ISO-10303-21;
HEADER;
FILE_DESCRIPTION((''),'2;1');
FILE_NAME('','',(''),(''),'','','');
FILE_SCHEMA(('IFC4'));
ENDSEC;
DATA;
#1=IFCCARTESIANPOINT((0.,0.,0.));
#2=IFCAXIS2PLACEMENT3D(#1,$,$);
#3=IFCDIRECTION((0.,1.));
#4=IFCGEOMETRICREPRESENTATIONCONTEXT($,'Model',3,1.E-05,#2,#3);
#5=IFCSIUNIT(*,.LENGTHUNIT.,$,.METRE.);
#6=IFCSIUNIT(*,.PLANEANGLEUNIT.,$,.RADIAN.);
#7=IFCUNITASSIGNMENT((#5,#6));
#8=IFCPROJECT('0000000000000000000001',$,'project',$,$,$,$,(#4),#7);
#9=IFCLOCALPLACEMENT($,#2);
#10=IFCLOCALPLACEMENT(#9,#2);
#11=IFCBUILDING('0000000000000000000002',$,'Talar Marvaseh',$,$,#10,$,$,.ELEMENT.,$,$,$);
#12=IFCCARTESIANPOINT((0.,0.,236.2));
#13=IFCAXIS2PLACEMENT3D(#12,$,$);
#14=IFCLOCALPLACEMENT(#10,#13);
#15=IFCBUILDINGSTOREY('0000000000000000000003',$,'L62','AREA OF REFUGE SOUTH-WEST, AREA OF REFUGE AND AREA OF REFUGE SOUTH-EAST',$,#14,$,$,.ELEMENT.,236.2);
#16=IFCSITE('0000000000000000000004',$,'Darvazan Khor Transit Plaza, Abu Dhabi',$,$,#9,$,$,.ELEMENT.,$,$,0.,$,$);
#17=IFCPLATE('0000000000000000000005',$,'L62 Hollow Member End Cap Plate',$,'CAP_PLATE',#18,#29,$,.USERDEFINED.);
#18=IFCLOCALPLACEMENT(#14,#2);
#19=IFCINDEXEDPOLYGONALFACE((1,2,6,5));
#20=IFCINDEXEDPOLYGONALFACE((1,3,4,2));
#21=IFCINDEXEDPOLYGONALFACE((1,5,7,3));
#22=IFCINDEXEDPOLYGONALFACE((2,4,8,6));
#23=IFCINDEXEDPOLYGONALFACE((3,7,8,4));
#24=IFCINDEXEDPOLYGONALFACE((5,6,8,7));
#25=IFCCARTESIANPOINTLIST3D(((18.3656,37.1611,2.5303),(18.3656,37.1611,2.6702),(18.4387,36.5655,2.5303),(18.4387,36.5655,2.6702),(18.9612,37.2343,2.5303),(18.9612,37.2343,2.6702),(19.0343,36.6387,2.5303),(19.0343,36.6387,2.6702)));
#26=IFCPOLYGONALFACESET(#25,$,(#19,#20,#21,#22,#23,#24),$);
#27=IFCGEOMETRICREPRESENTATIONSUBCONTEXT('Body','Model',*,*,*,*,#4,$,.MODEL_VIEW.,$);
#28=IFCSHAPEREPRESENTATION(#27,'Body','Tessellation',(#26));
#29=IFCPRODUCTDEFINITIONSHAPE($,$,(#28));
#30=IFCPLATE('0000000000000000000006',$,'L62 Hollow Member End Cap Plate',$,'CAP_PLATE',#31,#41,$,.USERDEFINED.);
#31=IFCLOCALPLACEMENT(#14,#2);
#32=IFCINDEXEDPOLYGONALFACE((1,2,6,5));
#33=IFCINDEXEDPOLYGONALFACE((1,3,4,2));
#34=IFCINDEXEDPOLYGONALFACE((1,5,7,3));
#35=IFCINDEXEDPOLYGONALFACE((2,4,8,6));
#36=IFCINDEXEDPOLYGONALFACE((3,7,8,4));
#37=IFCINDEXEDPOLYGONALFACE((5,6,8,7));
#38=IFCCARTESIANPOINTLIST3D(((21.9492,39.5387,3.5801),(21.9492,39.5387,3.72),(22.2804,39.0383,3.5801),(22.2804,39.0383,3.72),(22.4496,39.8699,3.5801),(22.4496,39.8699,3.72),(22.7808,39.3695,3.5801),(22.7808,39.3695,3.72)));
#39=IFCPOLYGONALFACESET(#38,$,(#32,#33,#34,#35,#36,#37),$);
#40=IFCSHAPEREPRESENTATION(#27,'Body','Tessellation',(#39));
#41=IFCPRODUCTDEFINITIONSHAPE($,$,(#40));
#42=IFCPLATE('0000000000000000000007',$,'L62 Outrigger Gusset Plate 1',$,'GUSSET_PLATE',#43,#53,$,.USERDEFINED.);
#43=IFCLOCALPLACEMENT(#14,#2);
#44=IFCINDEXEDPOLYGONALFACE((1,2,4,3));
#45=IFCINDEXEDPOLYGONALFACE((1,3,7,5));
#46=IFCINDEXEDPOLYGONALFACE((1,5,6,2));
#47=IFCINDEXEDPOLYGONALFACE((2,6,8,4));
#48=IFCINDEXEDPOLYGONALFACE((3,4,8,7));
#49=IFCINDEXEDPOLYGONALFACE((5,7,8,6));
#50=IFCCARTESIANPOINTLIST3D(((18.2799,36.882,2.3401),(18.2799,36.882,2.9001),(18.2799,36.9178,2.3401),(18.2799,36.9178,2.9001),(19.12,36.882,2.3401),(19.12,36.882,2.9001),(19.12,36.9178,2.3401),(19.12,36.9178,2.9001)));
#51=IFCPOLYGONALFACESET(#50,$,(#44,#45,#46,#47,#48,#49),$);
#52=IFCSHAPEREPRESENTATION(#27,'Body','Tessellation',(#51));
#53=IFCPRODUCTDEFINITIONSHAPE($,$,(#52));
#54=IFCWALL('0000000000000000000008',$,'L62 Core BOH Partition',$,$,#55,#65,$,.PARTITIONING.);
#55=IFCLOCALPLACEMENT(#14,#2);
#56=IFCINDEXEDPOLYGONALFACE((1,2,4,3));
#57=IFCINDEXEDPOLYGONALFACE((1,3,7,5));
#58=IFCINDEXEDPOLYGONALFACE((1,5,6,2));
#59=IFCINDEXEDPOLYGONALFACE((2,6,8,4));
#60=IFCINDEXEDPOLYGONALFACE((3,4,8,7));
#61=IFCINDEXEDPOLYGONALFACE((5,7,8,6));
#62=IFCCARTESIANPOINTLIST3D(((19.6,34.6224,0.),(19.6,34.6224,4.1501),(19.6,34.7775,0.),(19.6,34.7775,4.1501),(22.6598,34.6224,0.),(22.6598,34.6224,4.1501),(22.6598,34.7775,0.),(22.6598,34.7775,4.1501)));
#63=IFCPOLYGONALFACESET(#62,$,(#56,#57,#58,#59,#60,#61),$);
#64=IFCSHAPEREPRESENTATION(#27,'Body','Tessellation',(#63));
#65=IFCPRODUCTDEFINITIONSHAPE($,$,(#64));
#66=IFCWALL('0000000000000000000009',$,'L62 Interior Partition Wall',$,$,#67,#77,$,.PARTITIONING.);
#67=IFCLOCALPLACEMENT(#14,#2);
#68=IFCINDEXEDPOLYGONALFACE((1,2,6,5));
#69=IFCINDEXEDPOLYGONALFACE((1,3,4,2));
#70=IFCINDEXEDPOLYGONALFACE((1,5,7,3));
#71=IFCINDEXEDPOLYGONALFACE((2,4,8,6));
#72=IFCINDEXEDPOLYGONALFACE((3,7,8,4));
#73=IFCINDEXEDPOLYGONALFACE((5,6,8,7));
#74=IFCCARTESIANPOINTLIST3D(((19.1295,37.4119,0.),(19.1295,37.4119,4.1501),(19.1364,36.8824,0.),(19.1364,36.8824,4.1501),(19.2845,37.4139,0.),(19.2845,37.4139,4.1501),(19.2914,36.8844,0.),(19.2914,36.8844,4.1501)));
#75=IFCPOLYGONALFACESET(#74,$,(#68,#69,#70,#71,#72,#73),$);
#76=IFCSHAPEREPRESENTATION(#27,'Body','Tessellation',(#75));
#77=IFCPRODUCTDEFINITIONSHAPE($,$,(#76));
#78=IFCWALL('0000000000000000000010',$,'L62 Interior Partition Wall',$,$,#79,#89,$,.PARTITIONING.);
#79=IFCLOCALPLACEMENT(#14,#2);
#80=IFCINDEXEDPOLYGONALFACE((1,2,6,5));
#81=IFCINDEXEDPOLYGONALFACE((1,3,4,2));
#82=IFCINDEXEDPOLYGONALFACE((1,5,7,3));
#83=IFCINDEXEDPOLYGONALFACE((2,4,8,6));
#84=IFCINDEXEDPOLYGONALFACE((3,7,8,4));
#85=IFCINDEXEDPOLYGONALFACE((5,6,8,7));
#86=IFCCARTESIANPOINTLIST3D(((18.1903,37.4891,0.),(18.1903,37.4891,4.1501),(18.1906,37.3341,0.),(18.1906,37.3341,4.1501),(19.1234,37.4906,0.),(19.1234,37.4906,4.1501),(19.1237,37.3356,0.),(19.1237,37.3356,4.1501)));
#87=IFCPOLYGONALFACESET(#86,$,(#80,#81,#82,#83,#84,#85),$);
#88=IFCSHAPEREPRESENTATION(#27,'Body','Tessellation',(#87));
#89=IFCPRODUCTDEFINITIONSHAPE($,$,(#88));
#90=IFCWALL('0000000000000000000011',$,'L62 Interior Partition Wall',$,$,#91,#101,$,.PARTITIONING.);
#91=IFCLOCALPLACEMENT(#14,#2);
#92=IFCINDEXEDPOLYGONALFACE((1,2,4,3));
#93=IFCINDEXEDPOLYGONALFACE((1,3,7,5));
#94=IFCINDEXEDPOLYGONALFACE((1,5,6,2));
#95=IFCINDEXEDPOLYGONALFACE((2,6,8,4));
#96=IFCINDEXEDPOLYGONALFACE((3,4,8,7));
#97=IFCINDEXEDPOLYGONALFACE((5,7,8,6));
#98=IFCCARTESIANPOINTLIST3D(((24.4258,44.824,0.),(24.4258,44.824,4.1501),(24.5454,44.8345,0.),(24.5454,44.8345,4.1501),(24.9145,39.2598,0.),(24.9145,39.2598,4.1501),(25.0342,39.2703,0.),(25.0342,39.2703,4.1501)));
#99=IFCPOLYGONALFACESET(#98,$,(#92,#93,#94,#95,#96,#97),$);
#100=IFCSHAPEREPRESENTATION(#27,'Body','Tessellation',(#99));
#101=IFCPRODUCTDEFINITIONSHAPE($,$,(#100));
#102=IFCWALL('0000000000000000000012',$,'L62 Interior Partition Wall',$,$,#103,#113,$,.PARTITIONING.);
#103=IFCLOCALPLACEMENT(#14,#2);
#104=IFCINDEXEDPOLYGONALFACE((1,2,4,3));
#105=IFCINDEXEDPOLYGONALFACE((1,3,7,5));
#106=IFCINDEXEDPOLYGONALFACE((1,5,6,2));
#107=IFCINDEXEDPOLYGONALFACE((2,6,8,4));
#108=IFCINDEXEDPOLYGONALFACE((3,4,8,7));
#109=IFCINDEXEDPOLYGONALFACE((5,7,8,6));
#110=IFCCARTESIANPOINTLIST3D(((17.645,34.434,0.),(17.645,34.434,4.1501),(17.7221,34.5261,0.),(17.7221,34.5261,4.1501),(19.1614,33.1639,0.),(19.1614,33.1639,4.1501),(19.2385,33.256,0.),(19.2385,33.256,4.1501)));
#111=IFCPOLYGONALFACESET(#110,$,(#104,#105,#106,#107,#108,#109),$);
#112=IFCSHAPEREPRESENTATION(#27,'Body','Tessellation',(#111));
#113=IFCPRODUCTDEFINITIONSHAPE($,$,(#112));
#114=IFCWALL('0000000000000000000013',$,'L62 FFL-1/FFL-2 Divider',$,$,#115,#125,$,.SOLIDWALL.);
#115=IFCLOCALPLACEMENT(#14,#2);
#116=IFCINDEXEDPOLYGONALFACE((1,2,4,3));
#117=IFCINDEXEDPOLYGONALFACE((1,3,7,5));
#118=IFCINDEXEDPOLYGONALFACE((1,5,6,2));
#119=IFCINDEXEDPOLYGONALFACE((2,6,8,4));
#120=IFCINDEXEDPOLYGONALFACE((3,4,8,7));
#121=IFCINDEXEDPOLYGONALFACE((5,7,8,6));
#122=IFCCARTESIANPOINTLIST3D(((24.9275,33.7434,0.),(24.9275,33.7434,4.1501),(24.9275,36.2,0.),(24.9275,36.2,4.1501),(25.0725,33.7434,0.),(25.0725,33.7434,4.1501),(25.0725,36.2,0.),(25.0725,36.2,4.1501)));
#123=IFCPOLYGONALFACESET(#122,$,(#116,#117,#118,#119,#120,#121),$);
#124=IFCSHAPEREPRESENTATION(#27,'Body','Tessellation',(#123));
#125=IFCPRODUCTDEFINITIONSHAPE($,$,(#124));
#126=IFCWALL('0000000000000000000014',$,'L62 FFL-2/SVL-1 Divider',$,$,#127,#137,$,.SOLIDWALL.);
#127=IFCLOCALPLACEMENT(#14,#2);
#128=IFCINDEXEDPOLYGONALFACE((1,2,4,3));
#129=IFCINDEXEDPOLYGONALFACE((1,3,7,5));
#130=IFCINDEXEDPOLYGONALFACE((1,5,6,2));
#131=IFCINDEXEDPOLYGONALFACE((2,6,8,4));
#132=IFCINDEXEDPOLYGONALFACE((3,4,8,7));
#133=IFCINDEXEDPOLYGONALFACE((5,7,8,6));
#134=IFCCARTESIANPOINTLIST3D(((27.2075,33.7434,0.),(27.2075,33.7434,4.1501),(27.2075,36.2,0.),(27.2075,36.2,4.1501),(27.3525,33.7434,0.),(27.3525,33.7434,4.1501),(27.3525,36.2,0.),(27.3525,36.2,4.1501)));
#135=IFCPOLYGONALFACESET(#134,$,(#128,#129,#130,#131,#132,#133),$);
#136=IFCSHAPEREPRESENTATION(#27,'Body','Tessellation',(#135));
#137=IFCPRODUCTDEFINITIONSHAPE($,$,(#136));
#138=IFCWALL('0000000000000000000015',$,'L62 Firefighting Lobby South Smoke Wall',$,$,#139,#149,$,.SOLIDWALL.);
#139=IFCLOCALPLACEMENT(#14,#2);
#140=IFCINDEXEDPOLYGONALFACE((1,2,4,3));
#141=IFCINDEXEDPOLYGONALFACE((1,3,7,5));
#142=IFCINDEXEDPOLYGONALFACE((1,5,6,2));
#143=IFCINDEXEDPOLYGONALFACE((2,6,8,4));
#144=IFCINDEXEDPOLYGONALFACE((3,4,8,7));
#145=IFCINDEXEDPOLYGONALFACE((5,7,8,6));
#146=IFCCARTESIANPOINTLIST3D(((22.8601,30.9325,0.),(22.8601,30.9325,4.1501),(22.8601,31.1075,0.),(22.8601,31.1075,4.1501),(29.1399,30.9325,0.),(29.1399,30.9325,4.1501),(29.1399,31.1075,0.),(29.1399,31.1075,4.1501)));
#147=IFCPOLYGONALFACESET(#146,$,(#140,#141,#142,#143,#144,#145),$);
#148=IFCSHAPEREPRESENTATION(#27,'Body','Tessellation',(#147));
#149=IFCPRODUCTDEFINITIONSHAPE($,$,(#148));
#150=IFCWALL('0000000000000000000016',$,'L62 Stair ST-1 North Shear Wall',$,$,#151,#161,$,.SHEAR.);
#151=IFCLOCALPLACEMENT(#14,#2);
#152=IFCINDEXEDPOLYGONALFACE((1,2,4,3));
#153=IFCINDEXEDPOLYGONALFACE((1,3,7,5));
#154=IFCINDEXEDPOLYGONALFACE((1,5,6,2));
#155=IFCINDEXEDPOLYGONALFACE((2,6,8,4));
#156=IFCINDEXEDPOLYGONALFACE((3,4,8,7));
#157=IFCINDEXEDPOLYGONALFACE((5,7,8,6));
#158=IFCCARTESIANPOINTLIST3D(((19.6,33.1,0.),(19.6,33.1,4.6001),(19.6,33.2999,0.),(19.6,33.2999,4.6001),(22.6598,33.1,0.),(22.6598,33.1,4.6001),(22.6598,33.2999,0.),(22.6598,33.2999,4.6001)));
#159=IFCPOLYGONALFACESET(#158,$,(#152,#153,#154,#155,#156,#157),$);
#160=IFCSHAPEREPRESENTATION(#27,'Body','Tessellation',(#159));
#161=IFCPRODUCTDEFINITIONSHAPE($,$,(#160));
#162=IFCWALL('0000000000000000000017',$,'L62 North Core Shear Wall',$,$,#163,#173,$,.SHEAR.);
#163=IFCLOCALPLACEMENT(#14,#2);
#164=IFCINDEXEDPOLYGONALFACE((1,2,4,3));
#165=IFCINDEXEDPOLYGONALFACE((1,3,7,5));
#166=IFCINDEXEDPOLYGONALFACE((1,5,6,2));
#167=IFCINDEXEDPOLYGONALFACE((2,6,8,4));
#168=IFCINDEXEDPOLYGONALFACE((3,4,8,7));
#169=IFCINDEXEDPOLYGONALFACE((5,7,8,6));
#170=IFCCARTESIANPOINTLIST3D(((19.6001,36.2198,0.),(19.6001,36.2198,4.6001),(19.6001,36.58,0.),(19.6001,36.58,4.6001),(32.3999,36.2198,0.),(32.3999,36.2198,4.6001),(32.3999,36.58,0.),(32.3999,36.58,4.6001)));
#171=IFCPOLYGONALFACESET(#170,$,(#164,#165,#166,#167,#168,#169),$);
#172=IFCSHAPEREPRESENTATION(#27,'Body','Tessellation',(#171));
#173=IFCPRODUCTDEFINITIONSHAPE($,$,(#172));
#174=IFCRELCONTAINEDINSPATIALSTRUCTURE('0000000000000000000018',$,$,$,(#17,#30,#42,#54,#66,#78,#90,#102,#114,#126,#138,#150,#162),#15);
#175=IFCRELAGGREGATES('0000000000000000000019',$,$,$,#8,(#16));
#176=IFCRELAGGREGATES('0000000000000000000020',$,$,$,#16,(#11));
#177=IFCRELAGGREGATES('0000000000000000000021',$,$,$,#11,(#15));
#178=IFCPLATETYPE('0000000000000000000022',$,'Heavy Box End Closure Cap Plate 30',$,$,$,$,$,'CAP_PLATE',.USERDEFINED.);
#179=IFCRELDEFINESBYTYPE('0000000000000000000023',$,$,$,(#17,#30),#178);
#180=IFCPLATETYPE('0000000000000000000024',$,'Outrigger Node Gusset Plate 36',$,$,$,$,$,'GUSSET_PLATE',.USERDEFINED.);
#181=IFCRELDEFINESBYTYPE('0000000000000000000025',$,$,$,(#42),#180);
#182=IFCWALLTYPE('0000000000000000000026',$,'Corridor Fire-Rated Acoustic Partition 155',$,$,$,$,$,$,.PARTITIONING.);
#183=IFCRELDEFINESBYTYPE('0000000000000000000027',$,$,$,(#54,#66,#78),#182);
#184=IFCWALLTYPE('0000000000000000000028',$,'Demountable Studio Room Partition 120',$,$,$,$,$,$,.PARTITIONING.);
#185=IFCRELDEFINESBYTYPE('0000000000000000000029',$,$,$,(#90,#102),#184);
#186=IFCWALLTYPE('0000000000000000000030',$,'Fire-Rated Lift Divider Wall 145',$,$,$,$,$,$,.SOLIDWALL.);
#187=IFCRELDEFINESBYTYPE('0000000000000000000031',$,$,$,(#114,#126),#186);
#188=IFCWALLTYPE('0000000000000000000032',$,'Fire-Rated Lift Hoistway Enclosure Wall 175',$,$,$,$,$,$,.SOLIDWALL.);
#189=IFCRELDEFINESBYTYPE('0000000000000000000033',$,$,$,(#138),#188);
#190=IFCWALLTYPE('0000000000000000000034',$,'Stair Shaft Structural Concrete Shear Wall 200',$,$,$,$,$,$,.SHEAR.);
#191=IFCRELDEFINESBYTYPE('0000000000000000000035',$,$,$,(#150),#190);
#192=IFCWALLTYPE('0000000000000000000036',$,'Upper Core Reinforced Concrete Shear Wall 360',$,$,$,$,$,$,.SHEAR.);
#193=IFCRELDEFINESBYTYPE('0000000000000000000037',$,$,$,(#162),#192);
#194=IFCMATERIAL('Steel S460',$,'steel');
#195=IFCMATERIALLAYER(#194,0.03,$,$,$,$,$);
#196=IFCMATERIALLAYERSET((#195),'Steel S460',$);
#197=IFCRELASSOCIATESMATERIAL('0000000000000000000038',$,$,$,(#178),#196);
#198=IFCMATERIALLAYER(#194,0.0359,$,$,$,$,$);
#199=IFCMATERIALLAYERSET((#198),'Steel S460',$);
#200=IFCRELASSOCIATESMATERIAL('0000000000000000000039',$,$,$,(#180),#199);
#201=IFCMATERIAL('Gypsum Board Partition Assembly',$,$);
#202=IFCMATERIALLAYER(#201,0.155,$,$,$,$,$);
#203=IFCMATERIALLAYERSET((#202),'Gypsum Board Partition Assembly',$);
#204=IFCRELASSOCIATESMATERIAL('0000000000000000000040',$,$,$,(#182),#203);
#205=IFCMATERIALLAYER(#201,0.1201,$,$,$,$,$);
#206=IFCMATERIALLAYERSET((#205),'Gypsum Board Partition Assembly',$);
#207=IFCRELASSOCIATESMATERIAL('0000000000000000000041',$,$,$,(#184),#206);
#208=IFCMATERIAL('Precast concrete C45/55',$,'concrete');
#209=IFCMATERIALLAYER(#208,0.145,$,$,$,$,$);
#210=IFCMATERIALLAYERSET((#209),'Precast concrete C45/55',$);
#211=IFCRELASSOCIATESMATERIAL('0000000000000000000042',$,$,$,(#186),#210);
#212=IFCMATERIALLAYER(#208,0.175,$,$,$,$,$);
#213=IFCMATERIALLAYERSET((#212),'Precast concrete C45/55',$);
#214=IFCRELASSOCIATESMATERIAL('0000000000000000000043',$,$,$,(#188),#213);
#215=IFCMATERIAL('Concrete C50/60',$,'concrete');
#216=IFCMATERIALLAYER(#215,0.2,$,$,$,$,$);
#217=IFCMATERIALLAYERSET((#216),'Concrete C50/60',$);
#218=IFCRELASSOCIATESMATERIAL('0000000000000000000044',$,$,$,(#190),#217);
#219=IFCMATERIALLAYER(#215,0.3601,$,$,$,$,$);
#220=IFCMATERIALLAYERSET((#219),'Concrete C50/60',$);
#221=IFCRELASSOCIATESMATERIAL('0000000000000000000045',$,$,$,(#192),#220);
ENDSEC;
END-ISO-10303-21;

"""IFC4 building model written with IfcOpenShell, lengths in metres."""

from ifc_helpers import new_model, si_unit, direction, frame, frame_2d, origin, origin_2d, place, context, subcontext, project, spatial, rectangle, extrude, source, transform, mapped, material, layer, layer_set, type_object, type_shapes, element, save


model = new_model("IFC4")

# Units and contexts
model_context = context("Model", 3, precision=1e-05, world=origin(), true_north=direction((0.0, 1.0)))
body_context = subcontext(model_context, "Body", "Model", "MODEL_VIEW")
ifc_project = project(units=[si_unit("LENGTHUNIT", "METRE"), si_unit("PLANEANGLEUNIT", "RADIAN")], contexts=[model_context])

# Site, building, storey
site_placement = place(None, origin())
site = spatial("IfcSite", under=ifc_project, at=site_placement, Name="Darvazan Khor Transit Plaza, Abu Dhabi", CompositionType="ELEMENT", RefElevation=0.0)
building_placement = place(site_placement, origin())
building = spatial("IfcBuilding", under=site, at=building_placement, Name="Talar Marvaseh", CompositionType="ELEMENT")
storey_placement = place(building_placement, frame((0.0, 0.0, 236.2)))
storey = spatial("IfcBuildingStorey", under=building, at=storey_placement, Name="L62", Description="AREA OF REFUGE SOUTH-WEST, AREA OF REFUGE AND AREA OF REFUGE SOUTH-EAST", CompositionType="ELEMENT", Elevation=236.2)

# Shared definitions
ifc_material_1 = material(Name="Steel S460", Category="steel")

# Plates
ifc_layer_1 = layer(ifc_material_1, 0.03)
ifc_layer_set_1 = layer_set([ifc_layer_1], Name="Steel S460")
plate_type_1 = type_object("IfcPlateType", Name="Heavy Box End Closure Cap Plate 30", ElementType="CAP_PLATE", PredefinedType="USERDEFINED", material=ifc_layer_set_1)
shared_shape_1 = source(origin(), body_context, "Body", "SweptSolid", [
    extrude(rectangle(XDim=0.6001, YDim=0.6001, at=origin_2d()), origin(), (0.0, 0.0, 1.0), 0.1399),
])
type_shapes(plate_type_1, [shared_shape_1])
for number, where, z_axis, x_axis, name in (
    (1, (18.7, 36.8999, 2.5303), (0.0, 0.0, 1.0), (-0.992546, -0.121869, 0.0), "L62 Hollow Member End Cap Plate"),
    (2, (22.365, 39.4541, 3.5801), (0.0, 0.0, 1.0), (0.551937, -0.833886, 0.0), "L62 Hollow Member End Cap Plate"),
):
    element("IfcPlate", number, at=place(storey_placement, frame(where, z_axis=z_axis, x_axis=x_axis)), inside=storey, type_object=plate_type_1, Name=name, ObjectType="CAP_PLATE", PredefinedType="USERDEFINED", context=body_context, shape_type="MappedRepresentation", body=[
        mapped(shared_shape_1, transform((0.0, 0.0, 0.0), x_axis=(1.0, 0.0, 0.0), y_axis=(0.0, 1.0, 0.0), z_axis=(0.0, 0.0, 1.0), scale=1.0)),
    ])
ifc_layer_2 = layer(ifc_material_1, 0.0359)
ifc_layer_set_2 = layer_set([ifc_layer_2], Name="Steel S460")
plate_type_2 = type_object("IfcPlateType", Name="Outrigger Node Gusset Plate 36", ElementType="GUSSET_PLATE", PredefinedType="USERDEFINED", material=ifc_layer_set_2)
shared_shape_2 = source(origin(), body_context, "Body", "SweptSolid", [
    extrude(rectangle(XDim=0.8401, YDim=0.0359, at=origin_2d()), origin(), (0.0, 0.0, 1.0), 0.5601),
])
type_shapes(plate_type_2, [shared_shape_2])
plate_placement = place(storey_placement, frame((18.7, 36.8999, 2.3401), z_axis=(0.0, 0.0, 1.0), x_axis=(1.0, 0.0, 0.0)))
element("IfcPlate", 3, at=plate_placement, inside=storey, type_object=plate_type_2, Name="L62 Outrigger Gusset Plate 1", ObjectType="GUSSET_PLATE", PredefinedType="USERDEFINED", context=body_context, shape_type="MappedRepresentation", body=[
    mapped(shared_shape_2, transform((0.0, 0.0, 0.0), x_axis=(1.0, 0.0, 0.0), y_axis=(0.0, 1.0, 0.0), z_axis=(0.0, 0.0, 1.0), scale=1.0)),
])

# Walls
ifc_material_2 = material(Name="Gypsum Board Partition Assembly")
ifc_layer_3 = layer(ifc_material_2, 0.155)
ifc_layer_set_3 = layer_set([ifc_layer_3], Name="Gypsum Board Partition Assembly")
wall_type_1 = type_object("IfcWallType", Name="Corridor Fire-Rated Acoustic Partition 155", PredefinedType="PARTITIONING", material=ifc_layer_set_3)
wall_1_placement = place(storey_placement, frame((19.6001, 34.7, 0.0), z_axis=(0.0, 0.0, 1.0), x_axis=(1.0, 0.0, 0.0)))
element("IfcWall", 4, at=wall_1_placement, inside=storey, type_object=wall_type_1, Name="L62 Core BOH Partition", PredefinedType="PARTITIONING", context=body_context, shape_type="SweptSolid", body=[
    extrude(rectangle(XDim=3.0598, YDim=0.155, at=frame_2d((1.5298, 0.0))), origin(), (0.0, 0.0, 1.0), 4.1501),
])
wall_2_placement = place(storey_placement, frame((19.2139, 36.8835, 0.0), z_axis=(0.0, 0.0, 1.0), x_axis=(-0.012908, 0.999917, 0.0)))
element("IfcWall", 5, at=wall_2_placement, inside=storey, type_object=wall_type_1, Name="L62 Interior Partition Wall", PredefinedType="PARTITIONING", context=body_context, shape_type="SweptSolid", body=[
    extrude(rectangle(XDim=0.5295, YDim=0.155, at=frame_2d((0.2646, 0.0))), origin(), (0.0, 0.0, 1.0), 4.1501),
])
wall_3_placement = place(storey_placement, frame((19.1235, 37.4131, 0.0), z_axis=(0.0, 0.0, 1.0), x_axis=(-0.999999, -0.00157, 0.0)))
element("IfcWall", 6, at=wall_3_placement, inside=storey, type_object=wall_type_1, Name="L62 Interior Partition Wall", PredefinedType="PARTITIONING", context=body_context, shape_type="SweptSolid", body=[
    extrude(rectangle(XDim=0.9331, YDim=0.155, at=frame_2d((0.4666, 0.0))), origin(), (0.0, 0.0, 1.0), 4.1501),
])
ifc_layer_4 = layer(ifc_material_2, 0.1201)
ifc_layer_set_4 = layer_set([ifc_layer_4], Name="Gypsum Board Partition Assembly")
wall_type_2 = type_object("IfcWallType", Name="Demountable Studio Room Partition 120", PredefinedType="PARTITIONING", material=ifc_layer_set_4)
wall_4_placement = place(storey_placement, frame((24.9744, 39.2649, 0.0), z_axis=(0.0, 0.0, 1.0), x_axis=(-0.087505, 0.996164, 0.0)))
element("IfcWall", 7, at=wall_4_placement, inside=storey, type_object=wall_type_2, Name="L62 Interior Partition Wall", PredefinedType="PARTITIONING", context=body_context, shape_type="SweptSolid", body=[
    extrude(rectangle(XDim=5.5857, YDim=0.1201, at=frame_2d((2.793, 0.0))), origin(), (0.0, 0.0, 1.0), 4.1501),
])
wall_5_placement = place(storey_placement, frame((19.2, 33.21, 0.0), z_axis=(0.0, 0.0, 1.0), x_axis=(-0.76663, 0.642089, 0.0)))
element("IfcWall", 8, at=wall_5_placement, inside=storey, type_object=wall_type_2, Name="L62 Interior Partition Wall", PredefinedType="PARTITIONING", context=body_context, shape_type="SweptSolid", body=[
    extrude(rectangle(XDim=1.978, YDim=0.1201, at=frame_2d((0.989, 0.0))), origin(), (0.0, 0.0, 1.0), 4.1501),
])
ifc_material_3 = material(Name="Precast concrete C45/55", Category="concrete")
ifc_layer_5 = layer(ifc_material_3, 0.145)
ifc_layer_set_5 = layer_set([ifc_layer_5], Name="Precast concrete C45/55")
wall_type_3 = type_object("IfcWallType", Name="Fire-Rated Lift Divider Wall 145", PredefinedType="SOLIDWALL", material=ifc_layer_set_5)
for number, where, z_axis, x_axis, name in (
    (9, (25.0, 33.7434, 0.0), (0.0, 0.0, 1.0), (0.0, 1.0, 0.0), "L62 FFL-1/FFL-2 Divider"),
    (10, (27.28, 33.7434, 0.0), (0.0, 0.0, 1.0), (0.0, 1.0, 0.0), "L62 FFL-2/SVL-1 Divider"),
):
    element("IfcWall", number, at=place(storey_placement, frame(where, z_axis=z_axis, x_axis=x_axis)), inside=storey, type_object=wall_type_3, Name=name, PredefinedType="SOLIDWALL", context=body_context, shape_type="SweptSolid", body=[
        extrude(rectangle(XDim=2.4565, YDim=0.145, at=frame_2d((1.2283, 0.0))), origin(), (0.0, 0.0, 1.0), 4.1501),
    ])

# Shared definitions
ifc_layer_6 = layer(ifc_material_3, 0.175)
ifc_layer_set_6 = layer_set([ifc_layer_6], Name="Precast concrete C45/55")
wall_type_4 = type_object("IfcWallType", Name="Fire-Rated Lift Hoistway Enclosure Wall 175", PredefinedType="SOLIDWALL", material=ifc_layer_set_6)

# Walls
wall_6_placement = place(storey_placement, frame((22.8601, 31.02, 0.0), z_axis=(0.0, 0.0, 1.0), x_axis=(1.0, 0.0, 0.0)))
element("IfcWall", 11, at=wall_6_placement, inside=storey, type_object=wall_type_4, Name="L62 Firefighting Lobby South Smoke Wall", PredefinedType="SOLIDWALL", context=body_context, shape_type="SweptSolid", body=[
    extrude(rectangle(XDim=6.2798, YDim=0.175, at=frame_2d((3.1399, 0.0))), origin(), (0.0, 0.0, 1.0), 4.1501),
])
ifc_material_4 = material(Name="Concrete C50/60", Category="concrete")
ifc_layer_7 = layer(ifc_material_4, 0.2)
ifc_layer_set_7 = layer_set([ifc_layer_7], Name="Concrete C50/60")
wall_type_5 = type_object("IfcWallType", Name="Stair Shaft Structural Concrete Shear Wall 200", PredefinedType="SHEAR", material=ifc_layer_set_7)
wall_7_placement = place(storey_placement, frame((19.6001, 33.2, 0.0), z_axis=(0.0, 0.0, 1.0), x_axis=(1.0, 0.0, 0.0)))
element("IfcWall", 12, at=wall_7_placement, inside=storey, type_object=wall_type_5, Name="L62 Stair ST-1 North Shear Wall", PredefinedType="SHEAR", context=body_context, shape_type="SweptSolid", body=[
    extrude(rectangle(XDim=3.0598, YDim=0.2, at=frame_2d((1.5298, 0.0))), origin(), (0.0, 0.0, 1.0), 4.6001),
])
ifc_layer_8 = layer(ifc_material_4, 0.3601)
ifc_layer_set_8 = layer_set([ifc_layer_8], Name="Concrete C50/60")
wall_type_6 = type_object("IfcWallType", Name="Upper Core Reinforced Concrete Shear Wall 360", PredefinedType="SHEAR", material=ifc_layer_set_8)
wall_8_placement = place(storey_placement, frame((19.6001, 36.3999, 0.0), z_axis=(0.0, 0.0, 1.0), x_axis=(1.0, 0.0, 0.0)))
element("IfcWall", 13, at=wall_8_placement, inside=storey, type_object=wall_type_6, Name="L62 North Core Shear Wall", PredefinedType="SHEAR", context=body_context, shape_type="SweptSolid", body=[
    extrude(rectangle(XDim=12.7998, YDim=0.3601, at=frame_2d((6.3999, 0.0))), origin(), (0.0, 0.0, 1.0), 4.6001),
])

save(model, "model.ifc")
